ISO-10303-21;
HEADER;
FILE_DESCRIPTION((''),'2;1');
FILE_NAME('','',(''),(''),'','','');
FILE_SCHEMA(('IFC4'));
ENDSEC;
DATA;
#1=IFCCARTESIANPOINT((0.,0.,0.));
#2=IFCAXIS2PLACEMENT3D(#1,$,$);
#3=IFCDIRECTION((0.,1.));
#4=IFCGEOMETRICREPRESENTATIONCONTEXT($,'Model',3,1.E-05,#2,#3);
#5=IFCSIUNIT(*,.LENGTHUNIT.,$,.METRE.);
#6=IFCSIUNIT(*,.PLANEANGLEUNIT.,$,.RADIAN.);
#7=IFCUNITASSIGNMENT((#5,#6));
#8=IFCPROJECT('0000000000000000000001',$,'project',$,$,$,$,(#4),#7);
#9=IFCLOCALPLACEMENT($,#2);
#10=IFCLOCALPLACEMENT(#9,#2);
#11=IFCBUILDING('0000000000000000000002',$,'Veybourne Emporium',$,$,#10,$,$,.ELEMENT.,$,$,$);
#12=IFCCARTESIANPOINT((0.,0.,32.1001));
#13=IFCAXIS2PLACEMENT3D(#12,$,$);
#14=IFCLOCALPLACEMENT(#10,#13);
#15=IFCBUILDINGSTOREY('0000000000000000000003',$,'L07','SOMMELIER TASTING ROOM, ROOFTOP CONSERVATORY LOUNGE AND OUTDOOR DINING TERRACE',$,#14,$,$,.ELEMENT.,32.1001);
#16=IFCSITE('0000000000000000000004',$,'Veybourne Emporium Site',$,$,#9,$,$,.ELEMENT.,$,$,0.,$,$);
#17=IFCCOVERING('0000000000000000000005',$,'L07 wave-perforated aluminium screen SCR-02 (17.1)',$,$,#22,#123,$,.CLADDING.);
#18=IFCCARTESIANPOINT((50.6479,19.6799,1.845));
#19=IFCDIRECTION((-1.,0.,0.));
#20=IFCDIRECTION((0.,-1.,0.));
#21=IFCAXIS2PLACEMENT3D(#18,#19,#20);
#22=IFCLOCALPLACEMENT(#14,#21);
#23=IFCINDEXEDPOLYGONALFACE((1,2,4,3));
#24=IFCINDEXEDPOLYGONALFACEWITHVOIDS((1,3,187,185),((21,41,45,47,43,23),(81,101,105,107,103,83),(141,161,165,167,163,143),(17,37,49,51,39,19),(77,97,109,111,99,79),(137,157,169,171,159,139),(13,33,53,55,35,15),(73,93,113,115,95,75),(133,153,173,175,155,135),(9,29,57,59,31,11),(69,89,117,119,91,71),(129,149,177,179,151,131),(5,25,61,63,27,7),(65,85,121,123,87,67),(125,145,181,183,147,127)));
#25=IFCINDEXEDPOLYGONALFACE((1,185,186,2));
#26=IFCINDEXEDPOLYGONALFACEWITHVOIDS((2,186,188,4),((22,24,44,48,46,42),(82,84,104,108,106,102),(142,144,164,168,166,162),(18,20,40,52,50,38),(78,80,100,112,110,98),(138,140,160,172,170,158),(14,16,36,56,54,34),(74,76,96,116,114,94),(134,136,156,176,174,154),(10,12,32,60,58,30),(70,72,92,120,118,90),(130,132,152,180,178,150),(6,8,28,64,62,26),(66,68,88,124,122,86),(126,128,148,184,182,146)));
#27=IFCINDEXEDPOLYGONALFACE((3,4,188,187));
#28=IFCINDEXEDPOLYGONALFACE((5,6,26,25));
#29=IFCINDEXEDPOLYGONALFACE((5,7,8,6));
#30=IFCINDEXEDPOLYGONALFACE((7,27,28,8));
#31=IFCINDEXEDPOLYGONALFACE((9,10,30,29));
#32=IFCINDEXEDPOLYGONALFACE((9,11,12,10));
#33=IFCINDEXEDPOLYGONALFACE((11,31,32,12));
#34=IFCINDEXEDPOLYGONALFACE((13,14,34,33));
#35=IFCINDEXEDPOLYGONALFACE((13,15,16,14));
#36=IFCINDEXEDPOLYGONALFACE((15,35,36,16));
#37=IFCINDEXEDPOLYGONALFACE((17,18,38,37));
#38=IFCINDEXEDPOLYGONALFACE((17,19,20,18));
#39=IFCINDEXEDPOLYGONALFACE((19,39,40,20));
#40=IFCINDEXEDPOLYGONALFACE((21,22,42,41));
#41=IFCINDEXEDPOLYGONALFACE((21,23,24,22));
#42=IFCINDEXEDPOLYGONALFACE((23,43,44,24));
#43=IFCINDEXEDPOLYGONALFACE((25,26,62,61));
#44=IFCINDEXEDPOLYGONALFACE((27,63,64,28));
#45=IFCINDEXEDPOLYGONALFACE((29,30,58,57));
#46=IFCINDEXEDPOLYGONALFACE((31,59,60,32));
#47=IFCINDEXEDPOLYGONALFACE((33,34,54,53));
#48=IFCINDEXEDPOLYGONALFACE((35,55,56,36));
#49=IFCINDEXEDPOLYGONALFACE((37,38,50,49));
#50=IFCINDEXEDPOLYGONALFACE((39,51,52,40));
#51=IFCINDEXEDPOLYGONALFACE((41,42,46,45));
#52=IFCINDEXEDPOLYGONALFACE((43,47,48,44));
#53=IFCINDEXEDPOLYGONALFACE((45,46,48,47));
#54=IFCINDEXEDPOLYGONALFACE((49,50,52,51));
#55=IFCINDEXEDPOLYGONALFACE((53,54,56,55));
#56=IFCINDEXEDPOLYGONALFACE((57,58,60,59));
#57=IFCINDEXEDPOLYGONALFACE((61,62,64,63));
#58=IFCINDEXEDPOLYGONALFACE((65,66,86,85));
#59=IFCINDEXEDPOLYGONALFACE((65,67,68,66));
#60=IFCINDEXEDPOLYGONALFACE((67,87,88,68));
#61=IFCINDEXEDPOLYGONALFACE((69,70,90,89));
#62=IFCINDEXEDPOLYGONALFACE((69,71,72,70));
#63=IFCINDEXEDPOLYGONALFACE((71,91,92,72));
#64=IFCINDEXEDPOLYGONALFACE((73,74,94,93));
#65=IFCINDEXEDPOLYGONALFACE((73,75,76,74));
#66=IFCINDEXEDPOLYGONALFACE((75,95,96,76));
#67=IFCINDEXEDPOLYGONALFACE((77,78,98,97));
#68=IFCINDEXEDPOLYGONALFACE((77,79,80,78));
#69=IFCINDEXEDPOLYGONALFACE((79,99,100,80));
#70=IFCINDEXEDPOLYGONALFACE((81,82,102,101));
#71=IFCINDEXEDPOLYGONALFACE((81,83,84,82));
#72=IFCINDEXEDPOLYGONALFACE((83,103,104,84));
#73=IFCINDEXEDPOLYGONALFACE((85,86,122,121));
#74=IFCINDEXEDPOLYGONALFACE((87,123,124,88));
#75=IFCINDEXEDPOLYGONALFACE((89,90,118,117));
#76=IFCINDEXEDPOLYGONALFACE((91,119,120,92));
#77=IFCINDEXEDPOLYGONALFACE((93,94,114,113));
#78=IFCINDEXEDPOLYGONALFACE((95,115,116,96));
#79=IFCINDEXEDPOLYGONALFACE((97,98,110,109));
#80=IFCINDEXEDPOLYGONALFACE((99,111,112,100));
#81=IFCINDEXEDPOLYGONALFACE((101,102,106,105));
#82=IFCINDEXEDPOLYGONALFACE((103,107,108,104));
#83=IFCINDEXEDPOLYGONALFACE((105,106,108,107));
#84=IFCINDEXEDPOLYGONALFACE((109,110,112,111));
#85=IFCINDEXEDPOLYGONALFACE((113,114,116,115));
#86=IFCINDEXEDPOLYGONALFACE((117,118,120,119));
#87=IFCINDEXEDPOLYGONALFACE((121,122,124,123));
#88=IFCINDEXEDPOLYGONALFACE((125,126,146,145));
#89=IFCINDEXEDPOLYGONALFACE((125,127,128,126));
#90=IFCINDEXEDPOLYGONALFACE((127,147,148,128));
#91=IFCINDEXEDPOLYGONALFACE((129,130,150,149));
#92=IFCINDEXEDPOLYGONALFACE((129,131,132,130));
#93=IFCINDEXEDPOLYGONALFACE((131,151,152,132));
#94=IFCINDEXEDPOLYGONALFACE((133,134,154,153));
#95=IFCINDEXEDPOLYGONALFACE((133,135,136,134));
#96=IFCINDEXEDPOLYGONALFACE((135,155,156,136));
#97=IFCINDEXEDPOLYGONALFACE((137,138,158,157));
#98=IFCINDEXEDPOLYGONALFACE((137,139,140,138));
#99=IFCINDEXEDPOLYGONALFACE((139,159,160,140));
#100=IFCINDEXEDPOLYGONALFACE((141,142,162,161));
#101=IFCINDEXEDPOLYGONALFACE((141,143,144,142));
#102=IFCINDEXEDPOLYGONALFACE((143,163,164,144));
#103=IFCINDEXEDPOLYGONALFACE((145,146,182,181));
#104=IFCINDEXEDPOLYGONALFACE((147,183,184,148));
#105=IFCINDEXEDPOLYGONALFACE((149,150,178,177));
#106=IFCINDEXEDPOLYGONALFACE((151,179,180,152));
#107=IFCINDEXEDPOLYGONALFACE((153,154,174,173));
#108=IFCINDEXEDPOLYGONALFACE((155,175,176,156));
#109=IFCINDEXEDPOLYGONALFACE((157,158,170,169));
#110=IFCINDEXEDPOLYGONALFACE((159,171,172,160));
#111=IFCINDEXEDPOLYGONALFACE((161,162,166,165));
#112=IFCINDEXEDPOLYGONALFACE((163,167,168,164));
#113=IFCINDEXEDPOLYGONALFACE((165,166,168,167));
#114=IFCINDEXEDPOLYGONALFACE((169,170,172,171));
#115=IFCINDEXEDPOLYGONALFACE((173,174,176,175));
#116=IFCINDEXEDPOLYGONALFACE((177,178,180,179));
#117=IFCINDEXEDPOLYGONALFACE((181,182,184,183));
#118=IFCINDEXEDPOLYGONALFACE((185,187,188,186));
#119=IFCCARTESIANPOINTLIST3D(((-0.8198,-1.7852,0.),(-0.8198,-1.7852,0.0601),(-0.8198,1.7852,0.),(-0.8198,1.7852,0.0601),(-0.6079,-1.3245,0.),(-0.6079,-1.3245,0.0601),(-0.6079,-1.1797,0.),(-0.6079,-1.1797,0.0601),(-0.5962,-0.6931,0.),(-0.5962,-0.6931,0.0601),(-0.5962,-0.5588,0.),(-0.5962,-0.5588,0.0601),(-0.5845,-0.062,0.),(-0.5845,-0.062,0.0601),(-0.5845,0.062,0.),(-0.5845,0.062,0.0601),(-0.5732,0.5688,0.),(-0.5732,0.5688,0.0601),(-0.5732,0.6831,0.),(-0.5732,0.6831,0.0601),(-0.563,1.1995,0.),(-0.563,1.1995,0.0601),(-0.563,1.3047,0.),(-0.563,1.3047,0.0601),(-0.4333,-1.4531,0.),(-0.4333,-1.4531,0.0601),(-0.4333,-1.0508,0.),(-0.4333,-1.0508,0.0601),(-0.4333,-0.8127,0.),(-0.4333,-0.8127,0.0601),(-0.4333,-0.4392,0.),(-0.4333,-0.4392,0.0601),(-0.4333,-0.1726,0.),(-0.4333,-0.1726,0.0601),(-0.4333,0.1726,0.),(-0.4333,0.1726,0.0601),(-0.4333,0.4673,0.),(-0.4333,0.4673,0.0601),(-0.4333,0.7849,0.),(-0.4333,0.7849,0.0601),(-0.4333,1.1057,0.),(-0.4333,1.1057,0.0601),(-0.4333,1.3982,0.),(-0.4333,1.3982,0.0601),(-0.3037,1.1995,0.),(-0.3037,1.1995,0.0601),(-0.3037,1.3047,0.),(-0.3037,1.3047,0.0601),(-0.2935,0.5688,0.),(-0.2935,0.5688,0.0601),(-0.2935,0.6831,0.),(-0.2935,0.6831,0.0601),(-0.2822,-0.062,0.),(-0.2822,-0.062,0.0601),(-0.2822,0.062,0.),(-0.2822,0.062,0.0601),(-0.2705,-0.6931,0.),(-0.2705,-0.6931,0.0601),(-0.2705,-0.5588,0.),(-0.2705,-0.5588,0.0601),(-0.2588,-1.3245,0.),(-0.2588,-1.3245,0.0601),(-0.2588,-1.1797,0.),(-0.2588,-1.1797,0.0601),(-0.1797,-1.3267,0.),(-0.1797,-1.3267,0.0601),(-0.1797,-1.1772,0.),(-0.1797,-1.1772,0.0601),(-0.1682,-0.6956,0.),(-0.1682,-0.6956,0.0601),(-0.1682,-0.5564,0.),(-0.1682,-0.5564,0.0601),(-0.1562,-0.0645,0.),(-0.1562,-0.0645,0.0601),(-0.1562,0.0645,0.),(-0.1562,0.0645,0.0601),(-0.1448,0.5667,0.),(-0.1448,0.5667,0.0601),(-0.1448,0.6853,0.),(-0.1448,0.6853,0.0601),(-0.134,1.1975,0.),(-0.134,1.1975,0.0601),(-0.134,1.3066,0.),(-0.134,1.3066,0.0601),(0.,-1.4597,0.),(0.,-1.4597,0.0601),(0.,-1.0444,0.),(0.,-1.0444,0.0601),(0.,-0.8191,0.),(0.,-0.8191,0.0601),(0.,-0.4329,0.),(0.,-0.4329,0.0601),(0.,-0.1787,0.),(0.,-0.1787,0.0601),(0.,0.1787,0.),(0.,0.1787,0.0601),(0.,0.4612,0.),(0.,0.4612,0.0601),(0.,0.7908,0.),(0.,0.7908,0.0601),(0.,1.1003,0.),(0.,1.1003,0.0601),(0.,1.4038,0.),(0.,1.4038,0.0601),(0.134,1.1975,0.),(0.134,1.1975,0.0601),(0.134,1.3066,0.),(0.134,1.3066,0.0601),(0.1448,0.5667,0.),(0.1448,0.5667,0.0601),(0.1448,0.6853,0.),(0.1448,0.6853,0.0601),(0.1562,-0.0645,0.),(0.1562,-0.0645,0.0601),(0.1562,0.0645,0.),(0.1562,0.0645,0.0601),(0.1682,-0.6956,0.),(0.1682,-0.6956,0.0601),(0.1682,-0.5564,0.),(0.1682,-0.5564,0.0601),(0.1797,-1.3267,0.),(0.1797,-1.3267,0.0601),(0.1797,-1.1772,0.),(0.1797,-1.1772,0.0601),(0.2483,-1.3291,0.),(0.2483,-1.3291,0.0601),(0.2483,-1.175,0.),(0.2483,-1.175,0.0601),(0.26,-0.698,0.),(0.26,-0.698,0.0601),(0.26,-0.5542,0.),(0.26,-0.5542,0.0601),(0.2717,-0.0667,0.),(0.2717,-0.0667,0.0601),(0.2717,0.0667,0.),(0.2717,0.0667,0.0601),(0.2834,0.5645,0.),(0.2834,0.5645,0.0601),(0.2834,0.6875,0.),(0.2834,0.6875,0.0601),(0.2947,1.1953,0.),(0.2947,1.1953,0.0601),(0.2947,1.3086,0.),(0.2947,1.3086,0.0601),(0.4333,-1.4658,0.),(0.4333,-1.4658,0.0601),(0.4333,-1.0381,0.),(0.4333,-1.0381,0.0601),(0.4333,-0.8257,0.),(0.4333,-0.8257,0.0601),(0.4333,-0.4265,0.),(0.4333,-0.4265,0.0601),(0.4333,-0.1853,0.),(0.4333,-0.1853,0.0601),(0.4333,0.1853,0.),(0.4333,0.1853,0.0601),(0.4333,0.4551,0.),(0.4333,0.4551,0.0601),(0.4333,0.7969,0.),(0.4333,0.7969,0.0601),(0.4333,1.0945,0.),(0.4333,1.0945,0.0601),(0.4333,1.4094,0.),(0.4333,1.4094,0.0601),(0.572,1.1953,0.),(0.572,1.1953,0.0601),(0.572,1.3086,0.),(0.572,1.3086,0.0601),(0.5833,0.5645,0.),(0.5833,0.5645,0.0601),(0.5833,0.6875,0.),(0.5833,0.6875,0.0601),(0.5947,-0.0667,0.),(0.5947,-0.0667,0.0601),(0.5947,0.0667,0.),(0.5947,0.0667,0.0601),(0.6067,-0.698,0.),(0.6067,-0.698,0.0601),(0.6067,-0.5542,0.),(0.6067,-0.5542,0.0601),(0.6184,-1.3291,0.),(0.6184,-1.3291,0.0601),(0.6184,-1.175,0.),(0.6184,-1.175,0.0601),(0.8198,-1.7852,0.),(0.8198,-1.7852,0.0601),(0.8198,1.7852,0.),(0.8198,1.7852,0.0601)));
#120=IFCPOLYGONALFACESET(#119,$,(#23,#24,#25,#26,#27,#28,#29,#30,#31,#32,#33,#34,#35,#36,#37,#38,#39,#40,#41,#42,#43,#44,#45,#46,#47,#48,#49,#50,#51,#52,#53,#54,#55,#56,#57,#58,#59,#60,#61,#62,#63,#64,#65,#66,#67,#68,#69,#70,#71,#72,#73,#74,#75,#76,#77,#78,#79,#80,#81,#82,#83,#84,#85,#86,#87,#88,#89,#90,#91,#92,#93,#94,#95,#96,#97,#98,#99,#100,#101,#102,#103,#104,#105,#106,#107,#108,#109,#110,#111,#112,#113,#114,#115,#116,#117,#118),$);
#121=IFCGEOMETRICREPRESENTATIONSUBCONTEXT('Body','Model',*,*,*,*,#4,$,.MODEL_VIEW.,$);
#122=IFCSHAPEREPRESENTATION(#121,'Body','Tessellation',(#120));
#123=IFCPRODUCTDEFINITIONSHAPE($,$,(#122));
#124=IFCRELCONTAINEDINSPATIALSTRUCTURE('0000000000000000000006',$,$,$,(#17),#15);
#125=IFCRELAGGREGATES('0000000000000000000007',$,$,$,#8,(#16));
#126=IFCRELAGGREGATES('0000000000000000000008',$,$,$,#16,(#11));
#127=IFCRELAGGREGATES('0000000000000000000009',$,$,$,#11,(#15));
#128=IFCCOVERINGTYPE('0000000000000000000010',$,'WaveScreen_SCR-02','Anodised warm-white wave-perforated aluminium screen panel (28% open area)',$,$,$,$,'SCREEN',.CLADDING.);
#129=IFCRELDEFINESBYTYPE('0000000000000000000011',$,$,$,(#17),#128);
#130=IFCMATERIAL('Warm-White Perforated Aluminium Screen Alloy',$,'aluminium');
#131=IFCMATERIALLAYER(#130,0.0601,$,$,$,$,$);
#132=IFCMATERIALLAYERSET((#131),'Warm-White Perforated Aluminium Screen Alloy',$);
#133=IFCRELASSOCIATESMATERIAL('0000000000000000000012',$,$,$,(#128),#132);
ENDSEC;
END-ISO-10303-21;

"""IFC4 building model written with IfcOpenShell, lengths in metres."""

from ifc_helpers import new_model, si_unit, direction, frame, origin, place, context, subcontext, project, spatial, polyline, outline, extrude, material, layer, layer_set, type_object, element, save


model = new_model("IFC4")

# Units and contexts
model_context = context("Model", 3, precision=1e-05, world=origin(), true_north=direction((0.0, 1.0)))
body_context = subcontext(model_context, "Body", "Model", "MODEL_VIEW")
ifc_project = project(units=[si_unit("LENGTHUNIT", "METRE"), si_unit("PLANEANGLEUNIT", "RADIAN")], contexts=[model_context])

# Site, building, storey
site_placement = place(None, origin())
site = spatial("IfcSite", under=ifc_project, at=site_placement, Name="Veybourne Emporium Site", CompositionType="ELEMENT", RefElevation=0.0)
building_placement = place(site_placement, origin())
building = spatial("IfcBuilding", under=site, at=building_placement, Name="Veybourne Emporium", CompositionType="ELEMENT")
storey_placement = place(building_placement, frame((0.0, 0.0, 32.1001)))
storey = spatial("IfcBuildingStorey", under=building, at=storey_placement, Name="L07", Description="SOMMELIER TASTING ROOM, ROOFTOP CONSERVATORY LOUNGE AND OUTDOOR DINING TERRACE", CompositionType="ELEMENT", Elevation=32.1001)

# Covering
ifc_material_1 = material(Name="Warm-White Perforated Aluminium Screen Alloy", Category="aluminium")
ifc_layer_1 = layer(ifc_material_1, 0.0601)
ifc_layer_set_1 = layer_set([ifc_layer_1], Name="Warm-White Perforated Aluminium Screen Alloy")
covering_type_1 = type_object("IfcCoveringType", Name="WaveScreen_SCR-02", Description="Anodised warm-white wave-perforated aluminium screen panel (28% open area)", ElementType="SCREEN", PredefinedType="CLADDING", material=ifc_layer_set_1)
covering_1_placement = place(storey_placement, frame((50.6479, 19.6799, 1.845), z_axis=(-1.0, 0.0, 0.0), x_axis=(0.0, -1.0, 0.0)))
element("IfcCovering", 1, at=covering_1_placement, inside=storey, type_object=covering_type_1, Name="L07 wave-perforated aluminium screen SCR-02 (17.1)", PredefinedType="CLADDING", context=body_context, shape_type="SweptSolid", body=[
    extrude(outline(polyline([(-0.8198, -1.7852), (0.8198, -1.7852), (0.8198, 1.7852), (-0.8198, 1.7852), (-0.8198, -1.7852)]), holes=[polyline([(-0.4333, -1.0508), (-0.2588, -1.1797), (-0.2588, -1.3245), (-0.4333, -1.4531), (-0.6079, -1.3245), (-0.6079, -1.1797), (-0.4333, -1.0508)]), polyline([(-0.4333, -0.4392), (-0.2705, -0.5588), (-0.2705, -0.6931), (-0.4333, -0.8127), (-0.5962, -0.6931), (-0.5962, -0.5588), (-0.4333, -0.4392)]), polyline([(-0.4333, 0.1726), (-0.2822, 0.062), (-0.2822, -0.062), (-0.4333, -0.1726), (-0.5845, -0.062), (-0.5845, 0.062), (-0.4333, 0.1726)]), polyline([(-0.4333, 0.7849), (-0.2935, 0.6831), (-0.2935, 0.5688), (-0.4333, 0.4673), (-0.5732, 0.5688), (-0.5732, 0.6831), (-0.4333, 0.7849)]), polyline([(-0.4333, 1.3982), (-0.3037, 1.3047), (-0.3037, 1.1995), (-0.4333, 1.1057), (-0.563, 1.1995), (-0.563, 1.3047), (-0.4333, 1.3982)]), polyline([(0.0, -1.0444), (0.1797, -1.1772), (0.1797, -1.3267), (0.0, -1.4597), (-0.1797, -1.3267), (-0.1797, -1.1772), (0.0, -1.0444)]), polyline([(0.0, -0.4329), (0.1682, -0.5564), (0.1682, -0.6956), (0.0, -0.8191), (-0.1682, -0.6956), (-0.1682, -0.5564), (0.0, -0.4329)]), polyline([(0.0, 0.1787), (0.1562, 0.0645), (0.1562, -0.0645), (0.0, -0.1787), (-0.1562, -0.0645), (-0.1562, 0.0645), (0.0, 0.1787)]), polyline([(0.0, 0.7908), (0.1448, 0.6853), (0.1448, 0.5667), (0.0, 0.4612), (-0.1448, 0.5667), (-0.1448, 0.6853), (0.0, 0.7908)]), polyline([(0.0, 1.4038), (0.134, 1.3066), (0.134, 1.1975), (0.0, 1.1003), (-0.134, 1.1975), (-0.134, 1.3066), (0.0, 1.4038)]), polyline([(0.4333, -1.0381), (0.6184, -1.175), (0.6184, -1.3291), (0.4333, -1.4658), (0.2483, -1.3291), (0.2483, -1.175), (0.4333, -1.0381)]), polyline([(0.4333, -0.4265), (0.6067, -0.5542), (0.6067, -0.698), (0.4333, -0.8257), (0.26, -0.698), (0.26, -0.5542), (0.4333, -0.4265)]), polyline([(0.4333, 0.1853), (0.5947, 0.0667), (0.5947, -0.0667), (0.4333, -0.1853), (0.2717, -0.0667), (0.2717, 0.0667), (0.4333, 0.1853)]), polyline([(0.4333, 0.7969), (0.5833, 0.6875), (0.5833, 0.5645), (0.4333, 0.4551), (0.2834, 0.5645), (0.2834, 0.6875), (0.4333, 0.7969)]), polyline([(0.4333, 1.4094), (0.572, 1.3086), (0.572, 1.1953), (0.4333, 1.0945), (0.2947, 1.1953), (0.2947, 1.3086), (0.4333, 1.4094)])]), origin(), (0.0, 0.0, 1.0), 0.0601),
])

save(model, "model.ifc")
